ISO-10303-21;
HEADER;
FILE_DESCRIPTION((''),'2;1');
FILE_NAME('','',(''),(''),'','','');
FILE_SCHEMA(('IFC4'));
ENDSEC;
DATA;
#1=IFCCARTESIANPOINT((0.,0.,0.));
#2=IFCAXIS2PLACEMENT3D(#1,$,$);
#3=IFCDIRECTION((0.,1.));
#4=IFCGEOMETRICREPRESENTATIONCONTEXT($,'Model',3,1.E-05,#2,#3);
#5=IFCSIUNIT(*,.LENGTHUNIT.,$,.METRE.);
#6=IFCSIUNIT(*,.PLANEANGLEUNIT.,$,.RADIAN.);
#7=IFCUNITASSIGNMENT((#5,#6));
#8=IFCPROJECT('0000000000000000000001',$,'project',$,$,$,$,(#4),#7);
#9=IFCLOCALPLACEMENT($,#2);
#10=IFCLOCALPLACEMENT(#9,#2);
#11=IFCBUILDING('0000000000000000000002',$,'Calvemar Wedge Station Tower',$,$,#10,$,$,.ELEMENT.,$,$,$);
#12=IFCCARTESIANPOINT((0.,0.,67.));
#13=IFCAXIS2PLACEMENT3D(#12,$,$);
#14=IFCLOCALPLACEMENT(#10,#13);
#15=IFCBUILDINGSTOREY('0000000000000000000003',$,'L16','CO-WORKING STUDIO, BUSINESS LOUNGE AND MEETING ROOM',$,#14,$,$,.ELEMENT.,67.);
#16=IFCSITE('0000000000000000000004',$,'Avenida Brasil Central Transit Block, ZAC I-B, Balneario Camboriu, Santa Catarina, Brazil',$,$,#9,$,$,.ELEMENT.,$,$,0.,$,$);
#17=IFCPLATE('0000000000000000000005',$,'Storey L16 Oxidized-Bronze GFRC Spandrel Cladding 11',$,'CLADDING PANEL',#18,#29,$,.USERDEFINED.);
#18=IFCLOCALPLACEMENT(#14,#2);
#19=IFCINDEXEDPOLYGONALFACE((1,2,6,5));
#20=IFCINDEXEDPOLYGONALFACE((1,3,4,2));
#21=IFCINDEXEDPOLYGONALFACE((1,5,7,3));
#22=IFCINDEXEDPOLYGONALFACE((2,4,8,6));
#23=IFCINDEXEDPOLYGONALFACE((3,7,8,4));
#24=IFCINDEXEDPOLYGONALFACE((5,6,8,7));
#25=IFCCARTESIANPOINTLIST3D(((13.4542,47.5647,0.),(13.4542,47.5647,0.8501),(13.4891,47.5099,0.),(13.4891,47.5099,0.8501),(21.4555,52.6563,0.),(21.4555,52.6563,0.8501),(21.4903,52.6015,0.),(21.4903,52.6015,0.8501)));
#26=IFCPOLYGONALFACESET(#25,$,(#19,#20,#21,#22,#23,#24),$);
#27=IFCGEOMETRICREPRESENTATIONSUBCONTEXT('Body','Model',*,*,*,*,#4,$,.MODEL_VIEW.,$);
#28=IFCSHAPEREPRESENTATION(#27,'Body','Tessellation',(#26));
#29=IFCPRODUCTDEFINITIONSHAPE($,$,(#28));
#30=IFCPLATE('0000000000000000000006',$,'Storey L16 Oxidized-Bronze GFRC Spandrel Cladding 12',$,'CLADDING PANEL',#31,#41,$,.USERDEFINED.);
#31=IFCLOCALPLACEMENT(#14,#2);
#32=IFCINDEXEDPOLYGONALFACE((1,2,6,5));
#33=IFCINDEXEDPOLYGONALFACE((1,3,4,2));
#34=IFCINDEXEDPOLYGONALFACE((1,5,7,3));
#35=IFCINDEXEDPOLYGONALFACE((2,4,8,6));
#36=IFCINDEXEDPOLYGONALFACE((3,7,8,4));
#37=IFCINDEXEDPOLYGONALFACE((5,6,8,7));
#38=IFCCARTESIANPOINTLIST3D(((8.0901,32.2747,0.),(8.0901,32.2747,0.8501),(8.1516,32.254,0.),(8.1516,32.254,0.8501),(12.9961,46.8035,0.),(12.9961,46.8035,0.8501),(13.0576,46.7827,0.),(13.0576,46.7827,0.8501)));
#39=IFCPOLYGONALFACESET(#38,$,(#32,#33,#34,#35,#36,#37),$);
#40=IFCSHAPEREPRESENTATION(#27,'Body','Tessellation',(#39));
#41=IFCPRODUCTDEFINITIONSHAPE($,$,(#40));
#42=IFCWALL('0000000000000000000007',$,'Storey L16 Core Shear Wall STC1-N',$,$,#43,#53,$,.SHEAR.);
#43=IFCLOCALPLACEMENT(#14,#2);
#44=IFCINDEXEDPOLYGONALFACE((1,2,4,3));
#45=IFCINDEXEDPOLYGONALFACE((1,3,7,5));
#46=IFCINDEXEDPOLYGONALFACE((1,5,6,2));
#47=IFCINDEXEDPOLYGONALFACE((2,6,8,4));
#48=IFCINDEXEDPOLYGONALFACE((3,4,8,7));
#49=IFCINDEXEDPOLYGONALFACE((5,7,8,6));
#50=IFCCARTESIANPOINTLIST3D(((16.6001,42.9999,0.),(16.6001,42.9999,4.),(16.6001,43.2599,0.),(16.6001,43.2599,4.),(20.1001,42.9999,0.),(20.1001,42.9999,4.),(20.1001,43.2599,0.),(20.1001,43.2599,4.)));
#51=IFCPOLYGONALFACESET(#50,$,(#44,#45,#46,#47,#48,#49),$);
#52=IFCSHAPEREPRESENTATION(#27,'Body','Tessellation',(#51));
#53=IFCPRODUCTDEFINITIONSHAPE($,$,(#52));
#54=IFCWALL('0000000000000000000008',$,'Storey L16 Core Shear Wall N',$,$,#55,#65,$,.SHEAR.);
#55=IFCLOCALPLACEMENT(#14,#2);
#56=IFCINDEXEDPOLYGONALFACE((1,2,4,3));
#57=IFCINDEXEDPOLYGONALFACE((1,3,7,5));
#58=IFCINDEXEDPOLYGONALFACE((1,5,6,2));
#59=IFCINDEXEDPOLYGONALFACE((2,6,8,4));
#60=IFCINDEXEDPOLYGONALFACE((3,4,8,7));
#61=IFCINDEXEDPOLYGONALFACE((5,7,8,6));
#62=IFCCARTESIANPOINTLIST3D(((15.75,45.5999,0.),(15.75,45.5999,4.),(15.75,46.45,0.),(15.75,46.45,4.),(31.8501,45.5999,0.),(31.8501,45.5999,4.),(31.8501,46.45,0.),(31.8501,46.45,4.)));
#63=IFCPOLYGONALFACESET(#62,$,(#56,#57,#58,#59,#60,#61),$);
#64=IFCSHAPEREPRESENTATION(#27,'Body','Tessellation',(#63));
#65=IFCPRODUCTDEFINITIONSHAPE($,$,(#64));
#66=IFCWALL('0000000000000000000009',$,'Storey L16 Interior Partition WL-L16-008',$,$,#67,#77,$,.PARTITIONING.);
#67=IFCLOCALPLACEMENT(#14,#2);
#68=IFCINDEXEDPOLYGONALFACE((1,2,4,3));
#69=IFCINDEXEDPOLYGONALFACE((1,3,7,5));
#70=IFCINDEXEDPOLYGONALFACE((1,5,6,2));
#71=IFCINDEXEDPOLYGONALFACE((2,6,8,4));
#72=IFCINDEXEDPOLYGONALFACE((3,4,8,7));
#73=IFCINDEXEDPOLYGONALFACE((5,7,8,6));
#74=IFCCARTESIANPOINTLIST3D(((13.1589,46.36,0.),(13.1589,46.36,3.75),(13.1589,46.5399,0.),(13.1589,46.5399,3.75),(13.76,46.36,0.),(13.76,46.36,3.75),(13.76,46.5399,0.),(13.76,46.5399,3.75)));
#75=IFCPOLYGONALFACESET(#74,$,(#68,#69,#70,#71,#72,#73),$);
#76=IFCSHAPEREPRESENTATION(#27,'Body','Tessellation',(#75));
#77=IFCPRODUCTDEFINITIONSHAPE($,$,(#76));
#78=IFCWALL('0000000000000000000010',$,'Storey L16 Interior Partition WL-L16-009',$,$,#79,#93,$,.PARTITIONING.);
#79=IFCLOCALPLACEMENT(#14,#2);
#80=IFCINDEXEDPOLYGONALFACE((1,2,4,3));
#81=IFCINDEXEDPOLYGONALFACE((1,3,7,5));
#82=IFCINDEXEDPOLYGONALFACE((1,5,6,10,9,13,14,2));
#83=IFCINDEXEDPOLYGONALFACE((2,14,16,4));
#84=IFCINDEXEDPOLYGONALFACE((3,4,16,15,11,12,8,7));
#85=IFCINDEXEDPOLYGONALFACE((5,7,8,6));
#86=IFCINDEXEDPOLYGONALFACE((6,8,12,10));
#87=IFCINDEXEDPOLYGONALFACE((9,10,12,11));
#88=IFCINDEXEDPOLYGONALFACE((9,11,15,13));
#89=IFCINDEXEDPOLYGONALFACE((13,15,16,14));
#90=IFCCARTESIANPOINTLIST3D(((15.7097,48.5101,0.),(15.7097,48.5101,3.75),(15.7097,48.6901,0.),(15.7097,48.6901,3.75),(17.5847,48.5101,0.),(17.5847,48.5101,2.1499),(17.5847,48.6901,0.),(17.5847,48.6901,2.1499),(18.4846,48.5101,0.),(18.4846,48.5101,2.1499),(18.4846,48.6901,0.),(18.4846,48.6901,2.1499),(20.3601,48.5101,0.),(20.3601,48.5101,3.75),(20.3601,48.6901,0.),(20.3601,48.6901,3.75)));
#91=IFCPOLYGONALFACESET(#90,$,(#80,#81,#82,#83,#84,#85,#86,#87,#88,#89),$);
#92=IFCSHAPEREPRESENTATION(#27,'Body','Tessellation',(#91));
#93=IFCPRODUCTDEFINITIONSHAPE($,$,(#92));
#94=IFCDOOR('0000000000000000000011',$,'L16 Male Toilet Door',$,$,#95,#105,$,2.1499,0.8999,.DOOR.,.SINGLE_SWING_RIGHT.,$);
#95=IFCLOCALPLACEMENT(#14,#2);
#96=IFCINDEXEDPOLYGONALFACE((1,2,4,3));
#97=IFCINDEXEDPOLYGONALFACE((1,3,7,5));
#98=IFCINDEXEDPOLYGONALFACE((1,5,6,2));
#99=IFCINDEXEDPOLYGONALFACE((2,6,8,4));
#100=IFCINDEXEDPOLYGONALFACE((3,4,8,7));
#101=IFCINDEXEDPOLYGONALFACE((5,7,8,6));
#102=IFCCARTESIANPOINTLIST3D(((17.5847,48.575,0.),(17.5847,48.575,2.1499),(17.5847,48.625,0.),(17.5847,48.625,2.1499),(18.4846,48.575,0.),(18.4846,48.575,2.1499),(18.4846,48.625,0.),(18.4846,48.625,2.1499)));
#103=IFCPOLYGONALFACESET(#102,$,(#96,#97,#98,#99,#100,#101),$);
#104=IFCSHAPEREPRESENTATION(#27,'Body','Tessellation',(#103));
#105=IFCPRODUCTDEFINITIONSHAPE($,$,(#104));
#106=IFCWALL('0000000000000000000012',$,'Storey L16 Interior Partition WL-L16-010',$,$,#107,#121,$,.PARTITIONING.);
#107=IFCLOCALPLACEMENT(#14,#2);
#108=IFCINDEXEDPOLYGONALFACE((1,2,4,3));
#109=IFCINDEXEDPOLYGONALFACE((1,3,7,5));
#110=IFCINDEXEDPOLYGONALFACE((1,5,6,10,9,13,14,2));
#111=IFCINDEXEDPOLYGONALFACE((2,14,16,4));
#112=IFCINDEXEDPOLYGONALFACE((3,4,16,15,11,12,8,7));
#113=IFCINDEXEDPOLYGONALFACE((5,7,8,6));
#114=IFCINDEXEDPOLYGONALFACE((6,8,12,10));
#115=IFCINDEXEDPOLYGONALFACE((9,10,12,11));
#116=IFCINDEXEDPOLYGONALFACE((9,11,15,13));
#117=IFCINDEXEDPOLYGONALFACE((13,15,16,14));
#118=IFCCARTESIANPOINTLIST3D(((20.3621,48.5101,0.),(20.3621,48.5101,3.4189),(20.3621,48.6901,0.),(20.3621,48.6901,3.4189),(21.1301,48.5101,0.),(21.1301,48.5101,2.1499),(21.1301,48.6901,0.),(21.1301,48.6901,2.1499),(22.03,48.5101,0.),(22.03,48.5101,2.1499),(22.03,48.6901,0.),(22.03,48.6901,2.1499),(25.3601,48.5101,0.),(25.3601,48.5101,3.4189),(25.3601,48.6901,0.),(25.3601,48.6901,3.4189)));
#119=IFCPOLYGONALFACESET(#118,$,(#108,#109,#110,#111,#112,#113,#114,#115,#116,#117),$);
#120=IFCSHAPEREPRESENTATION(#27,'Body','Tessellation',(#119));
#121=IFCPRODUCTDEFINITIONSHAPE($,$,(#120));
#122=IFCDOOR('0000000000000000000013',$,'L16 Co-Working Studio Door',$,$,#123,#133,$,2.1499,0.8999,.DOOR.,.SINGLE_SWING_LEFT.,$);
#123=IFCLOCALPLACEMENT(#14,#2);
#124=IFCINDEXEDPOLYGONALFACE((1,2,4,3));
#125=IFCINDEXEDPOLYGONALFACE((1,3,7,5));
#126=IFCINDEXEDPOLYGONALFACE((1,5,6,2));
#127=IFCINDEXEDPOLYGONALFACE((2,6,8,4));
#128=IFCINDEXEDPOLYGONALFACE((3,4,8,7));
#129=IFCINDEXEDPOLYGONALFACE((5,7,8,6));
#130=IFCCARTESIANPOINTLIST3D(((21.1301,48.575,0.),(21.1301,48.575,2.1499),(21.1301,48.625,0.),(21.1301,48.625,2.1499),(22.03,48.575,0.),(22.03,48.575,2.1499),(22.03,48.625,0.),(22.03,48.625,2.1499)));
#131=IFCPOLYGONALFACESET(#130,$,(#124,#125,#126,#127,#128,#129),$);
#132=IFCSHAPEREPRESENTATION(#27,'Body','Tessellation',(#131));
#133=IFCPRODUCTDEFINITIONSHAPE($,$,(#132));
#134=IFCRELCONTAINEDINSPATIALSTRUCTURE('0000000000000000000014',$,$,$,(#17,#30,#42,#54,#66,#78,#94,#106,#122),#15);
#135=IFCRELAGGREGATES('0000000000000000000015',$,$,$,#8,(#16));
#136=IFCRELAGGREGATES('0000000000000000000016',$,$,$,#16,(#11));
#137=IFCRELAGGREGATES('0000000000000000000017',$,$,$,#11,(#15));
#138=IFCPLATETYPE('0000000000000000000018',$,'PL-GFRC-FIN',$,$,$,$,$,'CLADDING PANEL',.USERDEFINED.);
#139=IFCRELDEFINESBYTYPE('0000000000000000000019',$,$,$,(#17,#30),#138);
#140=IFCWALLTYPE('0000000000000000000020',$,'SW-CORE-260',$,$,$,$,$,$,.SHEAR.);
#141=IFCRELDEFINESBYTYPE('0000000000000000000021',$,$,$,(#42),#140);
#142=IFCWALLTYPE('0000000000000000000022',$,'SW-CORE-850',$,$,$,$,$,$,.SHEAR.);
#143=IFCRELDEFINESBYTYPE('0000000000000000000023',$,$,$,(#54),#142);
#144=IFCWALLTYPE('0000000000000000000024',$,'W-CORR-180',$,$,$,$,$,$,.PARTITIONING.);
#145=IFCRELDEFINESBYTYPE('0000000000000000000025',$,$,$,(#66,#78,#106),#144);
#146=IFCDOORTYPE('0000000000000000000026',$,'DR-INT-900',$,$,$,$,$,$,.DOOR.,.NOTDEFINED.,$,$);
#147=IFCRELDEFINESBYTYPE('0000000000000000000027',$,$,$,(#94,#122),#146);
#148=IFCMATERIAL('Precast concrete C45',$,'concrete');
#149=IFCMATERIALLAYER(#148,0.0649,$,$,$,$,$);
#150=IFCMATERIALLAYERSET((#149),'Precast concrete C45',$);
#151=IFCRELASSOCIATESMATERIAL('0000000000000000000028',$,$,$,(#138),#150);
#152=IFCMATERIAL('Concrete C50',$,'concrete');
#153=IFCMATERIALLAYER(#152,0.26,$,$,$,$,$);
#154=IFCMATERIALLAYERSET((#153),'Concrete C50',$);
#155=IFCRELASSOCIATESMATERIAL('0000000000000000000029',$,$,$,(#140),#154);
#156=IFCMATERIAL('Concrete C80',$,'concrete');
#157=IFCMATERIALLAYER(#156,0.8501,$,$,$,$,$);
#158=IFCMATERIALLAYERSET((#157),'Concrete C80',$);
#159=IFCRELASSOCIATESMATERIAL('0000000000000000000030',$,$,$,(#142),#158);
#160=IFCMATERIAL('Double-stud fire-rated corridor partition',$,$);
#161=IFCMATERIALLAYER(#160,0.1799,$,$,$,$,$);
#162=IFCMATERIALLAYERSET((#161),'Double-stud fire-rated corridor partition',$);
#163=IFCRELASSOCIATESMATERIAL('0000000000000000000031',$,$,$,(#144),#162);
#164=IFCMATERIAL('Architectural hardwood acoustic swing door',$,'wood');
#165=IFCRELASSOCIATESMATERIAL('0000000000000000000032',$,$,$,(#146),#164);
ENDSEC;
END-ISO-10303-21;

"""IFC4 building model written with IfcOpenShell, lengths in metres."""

from ifc_helpers import new_model, si_unit, direction, frame, frame_2d, origin, place, context, subcontext, project, spatial, rectangle, extrude, source, transform, mapped, material, layer, layer_set, type_object, element, fill, save


model = new_model("IFC4")

# Units and contexts
model_context = context("Model", 3, precision=1e-05, world=origin(), true_north=direction((0.0, 1.0)))
body_context = subcontext(model_context, "Body", "Model", "MODEL_VIEW")
ifc_project = project(units=[si_unit("LENGTHUNIT", "METRE"), si_unit("PLANEANGLEUNIT", "RADIAN")], contexts=[model_context])

# Site, building, storey
site_placement = place(None, origin())
site = spatial("IfcSite", under=ifc_project, at=site_placement, Name="Avenida Brasil Central Transit Block, ZAC I-B, Balneario Camboriu, Santa Catarina, Brazil", CompositionType="ELEMENT", RefElevation=0.0)
building_placement = place(site_placement, origin())
building = spatial("IfcBuilding", under=site, at=building_placement, Name="Calvemar Wedge Station Tower", CompositionType="ELEMENT")
storey_placement = place(building_placement, frame((0.0, 0.0, 67.0)))
storey = spatial("IfcBuildingStorey", under=building, at=storey_placement, Name="L16", Description="CO-WORKING STUDIO, BUSINESS LOUNGE AND MEETING ROOM", CompositionType="ELEMENT", Elevation=67.0)

# Plates
ifc_material_1 = material(Name="Precast concrete C45", Category="concrete")
ifc_layer_1 = layer(ifc_material_1, 0.0649)
ifc_layer_set_1 = layer_set([ifc_layer_1], Name="Precast concrete C45")
plate_type = type_object("IfcPlateType", Name="PL-GFRC-FIN", ElementType="CLADDING PANEL", PredefinedType="USERDEFINED", material=ifc_layer_set_1)
plate_1_placement = place(storey_placement, frame((21.4729, 52.6289, 0.0), z_axis=(0.0, 0.0, 1.0), x_axis=(-0.843668, -0.536865, 0.0)))
element("IfcPlate", 1, at=plate_1_placement, inside=storey, type_object=plate_type, Name="Storey L16 Oxidized-Bronze GFRC Spandrel Cladding 11", ObjectType="CLADDING PANEL", PredefinedType="USERDEFINED", context=body_context, shape_type="SweptSolid", body=[
    extrude(rectangle(XDim=9.4839, YDim=0.0649, at=frame_2d((4.7419, 0.0))), origin(), (0.0, 0.0, 1.0), 0.8501),
])
plate_2_placement = place(storey_placement, frame((13.0269, 46.7932, 0.0), z_axis=(0.0, 0.0, 1.0), x_axis=(-0.319927, -0.947442, 0.0)))
element("IfcPlate", 2, at=plate_2_placement, inside=storey, type_object=plate_type, Name="Storey L16 Oxidized-Bronze GFRC Spandrel Cladding 12", ObjectType="CLADDING PANEL", PredefinedType="USERDEFINED", context=body_context, shape_type="SweptSolid", body=[
    extrude(rectangle(XDim=15.3347, YDim=0.0649, at=frame_2d((7.6675, 0.0))), origin(), (0.0, 0.0, 1.0), 0.8501),
])

# Walls
ifc_material_2 = material(Name="Concrete C50", Category="concrete")
ifc_layer_2 = layer(ifc_material_2, 0.26)
ifc_layer_set_2 = layer_set([ifc_layer_2], Name="Concrete C50")
wall_type_1 = type_object("IfcWallType", Name="SW-CORE-260", PredefinedType="SHEAR", material=ifc_layer_set_2)
wall_1_placement = place(storey_placement, frame((16.6001, 43.1299, 0.0), z_axis=(0.0, 0.0, 1.0), x_axis=(1.0, 0.0, 0.0)))
element("IfcWall", 3, at=wall_1_placement, inside=storey, type_object=wall_type_1, Name="Storey L16 Core Shear Wall STC1-N", PredefinedType="SHEAR", context=body_context, shape_type="SweptSolid", body=[
    extrude(rectangle(XDim=3.5, YDim=0.26, at=frame_2d((1.75, 0.0))), origin(), (0.0, 0.0, 1.0), 4.0),
])
ifc_material_3 = material(Name="Concrete C80", Category="concrete")
ifc_layer_3 = layer(ifc_material_3, 0.8501)
ifc_layer_set_3 = layer_set([ifc_layer_3], Name="Concrete C80")
wall_type_2 = type_object("IfcWallType", Name="SW-CORE-850", PredefinedType="SHEAR", material=ifc_layer_set_3)
wall_2_placement = place(storey_placement, frame((15.75, 46.0249, 0.0), z_axis=(0.0, 0.0, 1.0), x_axis=(1.0, 0.0, 0.0)))
element("IfcWall", 4, at=wall_2_placement, inside=storey, type_object=wall_type_2, Name="Storey L16 Core Shear Wall N", PredefinedType="SHEAR", context=body_context, shape_type="SweptSolid", body=[
    extrude(rectangle(XDim=16.1001, YDim=0.8501, at=frame_2d((8.05, 0.0))), origin(), (0.0, 0.0, 1.0), 4.0),
])
ifc_material_4 = material(Name="Double-stud fire-rated corridor partition")
ifc_layer_4 = layer(ifc_material_4, 0.1799)
ifc_layer_set_4 = layer_set([ifc_layer_4], Name="Double-stud fire-rated corridor partition")
wall_type_3 = type_object("IfcWallType", Name="W-CORR-180", PredefinedType="PARTITIONING", material=ifc_layer_set_4)
wall_3_placement = place(storey_placement, frame((13.76, 46.45, 0.0), z_axis=(0.0, 0.0, 1.0), x_axis=(-1.0, 0.0, 0.0)))
element("IfcWall", 5, at=wall_3_placement, inside=storey, type_object=wall_type_3, Name="Storey L16 Interior Partition WL-L16-008", PredefinedType="PARTITIONING", context=body_context, shape_type="SweptSolid", body=[
    extrude(rectangle(XDim=0.6011, YDim=0.1799, at=frame_2d((0.3005, 0.0))), origin(), (0.0, 0.0, 1.0), 3.75),
])

# Walls, openings, doors
wall_4_placement = place(storey_placement, frame((15.7097, 48.6001, 0.0), z_axis=(0.0, 0.0, 1.0), x_axis=(1.0, 0.0, 0.0)))
wall_4 = element("IfcWall", 6, at=wall_4_placement, inside=storey, type_object=wall_type_3, Name="Storey L16 Interior Partition WL-L16-009", PredefinedType="PARTITIONING", context=body_context, shape_type="SweptSolid", body=[
    extrude(rectangle(XDim=4.6504, YDim=0.1799, at=frame_2d((2.3252, 0.0))), origin(), (0.0, 0.0, 1.0), 3.75),
])
shared_shape_1 = source(origin(), body_context, "Body", "SweptSolid", [
    extrude(rectangle(XDim=0.8999, YDim=2.1499, at=frame_2d((0.45, 1.075))), frame((0.0, 0.1001, 0.0), z_axis=(0.0, -1.0, 0.0), x_axis=(1.0, 0.0, 0.0)), (0.0, 0.0, 1.0), 0.2),
])
opening_1_placement = place(wall_4_placement, frame((1.875, 0.0, 0.0)))
opening_1 = element("IfcOpeningElement", 7, at=opening_1_placement, cuts=wall_4, PredefinedType="OPENING", context=body_context, shape_type="MappedRepresentation", body=[
    mapped(shared_shape_1, transform((0.0, 0.0, 0.0), scale=1.0)),
])
ifc_material_5 = material(Name="Architectural hardwood acoustic swing door", Category="wood")
door_type_1 = type_object("IfcDoorType", Name="DR-INT-900", OperationType="NOTDEFINED", PredefinedType="DOOR", material=ifc_material_5)
shared_shape_2 = source(origin(), body_context, "Body", "SweptSolid", [
    extrude(rectangle(XDim=0.8999, YDim=2.1499, at=frame_2d((0.45, 1.075))), frame((0.0, 0.0249, 0.0), z_axis=(0.0, -1.0, 0.0), x_axis=(1.0, 0.0, 0.0)), (0.0, 0.0, 1.0), 0.05),
])
door_1_placement = place(opening_1_placement, origin())
door_1 = element("IfcDoor", 8, at=door_1_placement, inside=storey, type_object=door_type_1, Name="L16 Male Toilet Door", OperationType="SINGLE_SWING_RIGHT", OverallHeight=2.1499, OverallWidth=0.8999, PredefinedType="DOOR", context=body_context, shape_type="MappedRepresentation", body=[
    mapped(shared_shape_2, transform((0.0, 0.0, 0.0), scale=1.0)),
])
fill(opening_1, door_1)
wall_5_placement = place(storey_placement, frame((20.3621, 48.6001, 0.0), z_axis=(0.0, 0.0, 1.0), x_axis=(1.0, 0.0, 0.0)))
wall_5 = element("IfcWall", 9, at=wall_5_placement, inside=storey, type_object=wall_type_3, Name="Storey L16 Interior Partition WL-L16-010", PredefinedType="PARTITIONING", context=body_context, shape_type="SweptSolid", body=[
    extrude(rectangle(XDim=4.998, YDim=0.1799, at=frame_2d((2.499, 0.0))), origin(), (0.0, 0.0, 1.0), 3.4189),
])
opening_2_placement = place(wall_5_placement, frame((0.7681, 0.0, 0.0)))
opening_2 = element("IfcOpeningElement", 10, at=opening_2_placement, cuts=wall_5, PredefinedType="OPENING", context=body_context, shape_type="MappedRepresentation", body=[
    mapped(shared_shape_1, transform((0.0, 0.0, 0.0), scale=1.0)),
])
door_2_placement = place(opening_2_placement, origin())
door_2 = element("IfcDoor", 11, at=door_2_placement, inside=storey, type_object=door_type_1, Name="L16 Co-Working Studio Door", OperationType="SINGLE_SWING_LEFT", OverallHeight=2.1499, OverallWidth=0.8999, PredefinedType="DOOR", context=body_context, shape_type="MappedRepresentation", body=[
    mapped(shared_shape_2, transform((0.0, 0.0, 0.0), scale=1.0)),
])
fill(opening_2, door_2)

save(model, "model.ifc")
